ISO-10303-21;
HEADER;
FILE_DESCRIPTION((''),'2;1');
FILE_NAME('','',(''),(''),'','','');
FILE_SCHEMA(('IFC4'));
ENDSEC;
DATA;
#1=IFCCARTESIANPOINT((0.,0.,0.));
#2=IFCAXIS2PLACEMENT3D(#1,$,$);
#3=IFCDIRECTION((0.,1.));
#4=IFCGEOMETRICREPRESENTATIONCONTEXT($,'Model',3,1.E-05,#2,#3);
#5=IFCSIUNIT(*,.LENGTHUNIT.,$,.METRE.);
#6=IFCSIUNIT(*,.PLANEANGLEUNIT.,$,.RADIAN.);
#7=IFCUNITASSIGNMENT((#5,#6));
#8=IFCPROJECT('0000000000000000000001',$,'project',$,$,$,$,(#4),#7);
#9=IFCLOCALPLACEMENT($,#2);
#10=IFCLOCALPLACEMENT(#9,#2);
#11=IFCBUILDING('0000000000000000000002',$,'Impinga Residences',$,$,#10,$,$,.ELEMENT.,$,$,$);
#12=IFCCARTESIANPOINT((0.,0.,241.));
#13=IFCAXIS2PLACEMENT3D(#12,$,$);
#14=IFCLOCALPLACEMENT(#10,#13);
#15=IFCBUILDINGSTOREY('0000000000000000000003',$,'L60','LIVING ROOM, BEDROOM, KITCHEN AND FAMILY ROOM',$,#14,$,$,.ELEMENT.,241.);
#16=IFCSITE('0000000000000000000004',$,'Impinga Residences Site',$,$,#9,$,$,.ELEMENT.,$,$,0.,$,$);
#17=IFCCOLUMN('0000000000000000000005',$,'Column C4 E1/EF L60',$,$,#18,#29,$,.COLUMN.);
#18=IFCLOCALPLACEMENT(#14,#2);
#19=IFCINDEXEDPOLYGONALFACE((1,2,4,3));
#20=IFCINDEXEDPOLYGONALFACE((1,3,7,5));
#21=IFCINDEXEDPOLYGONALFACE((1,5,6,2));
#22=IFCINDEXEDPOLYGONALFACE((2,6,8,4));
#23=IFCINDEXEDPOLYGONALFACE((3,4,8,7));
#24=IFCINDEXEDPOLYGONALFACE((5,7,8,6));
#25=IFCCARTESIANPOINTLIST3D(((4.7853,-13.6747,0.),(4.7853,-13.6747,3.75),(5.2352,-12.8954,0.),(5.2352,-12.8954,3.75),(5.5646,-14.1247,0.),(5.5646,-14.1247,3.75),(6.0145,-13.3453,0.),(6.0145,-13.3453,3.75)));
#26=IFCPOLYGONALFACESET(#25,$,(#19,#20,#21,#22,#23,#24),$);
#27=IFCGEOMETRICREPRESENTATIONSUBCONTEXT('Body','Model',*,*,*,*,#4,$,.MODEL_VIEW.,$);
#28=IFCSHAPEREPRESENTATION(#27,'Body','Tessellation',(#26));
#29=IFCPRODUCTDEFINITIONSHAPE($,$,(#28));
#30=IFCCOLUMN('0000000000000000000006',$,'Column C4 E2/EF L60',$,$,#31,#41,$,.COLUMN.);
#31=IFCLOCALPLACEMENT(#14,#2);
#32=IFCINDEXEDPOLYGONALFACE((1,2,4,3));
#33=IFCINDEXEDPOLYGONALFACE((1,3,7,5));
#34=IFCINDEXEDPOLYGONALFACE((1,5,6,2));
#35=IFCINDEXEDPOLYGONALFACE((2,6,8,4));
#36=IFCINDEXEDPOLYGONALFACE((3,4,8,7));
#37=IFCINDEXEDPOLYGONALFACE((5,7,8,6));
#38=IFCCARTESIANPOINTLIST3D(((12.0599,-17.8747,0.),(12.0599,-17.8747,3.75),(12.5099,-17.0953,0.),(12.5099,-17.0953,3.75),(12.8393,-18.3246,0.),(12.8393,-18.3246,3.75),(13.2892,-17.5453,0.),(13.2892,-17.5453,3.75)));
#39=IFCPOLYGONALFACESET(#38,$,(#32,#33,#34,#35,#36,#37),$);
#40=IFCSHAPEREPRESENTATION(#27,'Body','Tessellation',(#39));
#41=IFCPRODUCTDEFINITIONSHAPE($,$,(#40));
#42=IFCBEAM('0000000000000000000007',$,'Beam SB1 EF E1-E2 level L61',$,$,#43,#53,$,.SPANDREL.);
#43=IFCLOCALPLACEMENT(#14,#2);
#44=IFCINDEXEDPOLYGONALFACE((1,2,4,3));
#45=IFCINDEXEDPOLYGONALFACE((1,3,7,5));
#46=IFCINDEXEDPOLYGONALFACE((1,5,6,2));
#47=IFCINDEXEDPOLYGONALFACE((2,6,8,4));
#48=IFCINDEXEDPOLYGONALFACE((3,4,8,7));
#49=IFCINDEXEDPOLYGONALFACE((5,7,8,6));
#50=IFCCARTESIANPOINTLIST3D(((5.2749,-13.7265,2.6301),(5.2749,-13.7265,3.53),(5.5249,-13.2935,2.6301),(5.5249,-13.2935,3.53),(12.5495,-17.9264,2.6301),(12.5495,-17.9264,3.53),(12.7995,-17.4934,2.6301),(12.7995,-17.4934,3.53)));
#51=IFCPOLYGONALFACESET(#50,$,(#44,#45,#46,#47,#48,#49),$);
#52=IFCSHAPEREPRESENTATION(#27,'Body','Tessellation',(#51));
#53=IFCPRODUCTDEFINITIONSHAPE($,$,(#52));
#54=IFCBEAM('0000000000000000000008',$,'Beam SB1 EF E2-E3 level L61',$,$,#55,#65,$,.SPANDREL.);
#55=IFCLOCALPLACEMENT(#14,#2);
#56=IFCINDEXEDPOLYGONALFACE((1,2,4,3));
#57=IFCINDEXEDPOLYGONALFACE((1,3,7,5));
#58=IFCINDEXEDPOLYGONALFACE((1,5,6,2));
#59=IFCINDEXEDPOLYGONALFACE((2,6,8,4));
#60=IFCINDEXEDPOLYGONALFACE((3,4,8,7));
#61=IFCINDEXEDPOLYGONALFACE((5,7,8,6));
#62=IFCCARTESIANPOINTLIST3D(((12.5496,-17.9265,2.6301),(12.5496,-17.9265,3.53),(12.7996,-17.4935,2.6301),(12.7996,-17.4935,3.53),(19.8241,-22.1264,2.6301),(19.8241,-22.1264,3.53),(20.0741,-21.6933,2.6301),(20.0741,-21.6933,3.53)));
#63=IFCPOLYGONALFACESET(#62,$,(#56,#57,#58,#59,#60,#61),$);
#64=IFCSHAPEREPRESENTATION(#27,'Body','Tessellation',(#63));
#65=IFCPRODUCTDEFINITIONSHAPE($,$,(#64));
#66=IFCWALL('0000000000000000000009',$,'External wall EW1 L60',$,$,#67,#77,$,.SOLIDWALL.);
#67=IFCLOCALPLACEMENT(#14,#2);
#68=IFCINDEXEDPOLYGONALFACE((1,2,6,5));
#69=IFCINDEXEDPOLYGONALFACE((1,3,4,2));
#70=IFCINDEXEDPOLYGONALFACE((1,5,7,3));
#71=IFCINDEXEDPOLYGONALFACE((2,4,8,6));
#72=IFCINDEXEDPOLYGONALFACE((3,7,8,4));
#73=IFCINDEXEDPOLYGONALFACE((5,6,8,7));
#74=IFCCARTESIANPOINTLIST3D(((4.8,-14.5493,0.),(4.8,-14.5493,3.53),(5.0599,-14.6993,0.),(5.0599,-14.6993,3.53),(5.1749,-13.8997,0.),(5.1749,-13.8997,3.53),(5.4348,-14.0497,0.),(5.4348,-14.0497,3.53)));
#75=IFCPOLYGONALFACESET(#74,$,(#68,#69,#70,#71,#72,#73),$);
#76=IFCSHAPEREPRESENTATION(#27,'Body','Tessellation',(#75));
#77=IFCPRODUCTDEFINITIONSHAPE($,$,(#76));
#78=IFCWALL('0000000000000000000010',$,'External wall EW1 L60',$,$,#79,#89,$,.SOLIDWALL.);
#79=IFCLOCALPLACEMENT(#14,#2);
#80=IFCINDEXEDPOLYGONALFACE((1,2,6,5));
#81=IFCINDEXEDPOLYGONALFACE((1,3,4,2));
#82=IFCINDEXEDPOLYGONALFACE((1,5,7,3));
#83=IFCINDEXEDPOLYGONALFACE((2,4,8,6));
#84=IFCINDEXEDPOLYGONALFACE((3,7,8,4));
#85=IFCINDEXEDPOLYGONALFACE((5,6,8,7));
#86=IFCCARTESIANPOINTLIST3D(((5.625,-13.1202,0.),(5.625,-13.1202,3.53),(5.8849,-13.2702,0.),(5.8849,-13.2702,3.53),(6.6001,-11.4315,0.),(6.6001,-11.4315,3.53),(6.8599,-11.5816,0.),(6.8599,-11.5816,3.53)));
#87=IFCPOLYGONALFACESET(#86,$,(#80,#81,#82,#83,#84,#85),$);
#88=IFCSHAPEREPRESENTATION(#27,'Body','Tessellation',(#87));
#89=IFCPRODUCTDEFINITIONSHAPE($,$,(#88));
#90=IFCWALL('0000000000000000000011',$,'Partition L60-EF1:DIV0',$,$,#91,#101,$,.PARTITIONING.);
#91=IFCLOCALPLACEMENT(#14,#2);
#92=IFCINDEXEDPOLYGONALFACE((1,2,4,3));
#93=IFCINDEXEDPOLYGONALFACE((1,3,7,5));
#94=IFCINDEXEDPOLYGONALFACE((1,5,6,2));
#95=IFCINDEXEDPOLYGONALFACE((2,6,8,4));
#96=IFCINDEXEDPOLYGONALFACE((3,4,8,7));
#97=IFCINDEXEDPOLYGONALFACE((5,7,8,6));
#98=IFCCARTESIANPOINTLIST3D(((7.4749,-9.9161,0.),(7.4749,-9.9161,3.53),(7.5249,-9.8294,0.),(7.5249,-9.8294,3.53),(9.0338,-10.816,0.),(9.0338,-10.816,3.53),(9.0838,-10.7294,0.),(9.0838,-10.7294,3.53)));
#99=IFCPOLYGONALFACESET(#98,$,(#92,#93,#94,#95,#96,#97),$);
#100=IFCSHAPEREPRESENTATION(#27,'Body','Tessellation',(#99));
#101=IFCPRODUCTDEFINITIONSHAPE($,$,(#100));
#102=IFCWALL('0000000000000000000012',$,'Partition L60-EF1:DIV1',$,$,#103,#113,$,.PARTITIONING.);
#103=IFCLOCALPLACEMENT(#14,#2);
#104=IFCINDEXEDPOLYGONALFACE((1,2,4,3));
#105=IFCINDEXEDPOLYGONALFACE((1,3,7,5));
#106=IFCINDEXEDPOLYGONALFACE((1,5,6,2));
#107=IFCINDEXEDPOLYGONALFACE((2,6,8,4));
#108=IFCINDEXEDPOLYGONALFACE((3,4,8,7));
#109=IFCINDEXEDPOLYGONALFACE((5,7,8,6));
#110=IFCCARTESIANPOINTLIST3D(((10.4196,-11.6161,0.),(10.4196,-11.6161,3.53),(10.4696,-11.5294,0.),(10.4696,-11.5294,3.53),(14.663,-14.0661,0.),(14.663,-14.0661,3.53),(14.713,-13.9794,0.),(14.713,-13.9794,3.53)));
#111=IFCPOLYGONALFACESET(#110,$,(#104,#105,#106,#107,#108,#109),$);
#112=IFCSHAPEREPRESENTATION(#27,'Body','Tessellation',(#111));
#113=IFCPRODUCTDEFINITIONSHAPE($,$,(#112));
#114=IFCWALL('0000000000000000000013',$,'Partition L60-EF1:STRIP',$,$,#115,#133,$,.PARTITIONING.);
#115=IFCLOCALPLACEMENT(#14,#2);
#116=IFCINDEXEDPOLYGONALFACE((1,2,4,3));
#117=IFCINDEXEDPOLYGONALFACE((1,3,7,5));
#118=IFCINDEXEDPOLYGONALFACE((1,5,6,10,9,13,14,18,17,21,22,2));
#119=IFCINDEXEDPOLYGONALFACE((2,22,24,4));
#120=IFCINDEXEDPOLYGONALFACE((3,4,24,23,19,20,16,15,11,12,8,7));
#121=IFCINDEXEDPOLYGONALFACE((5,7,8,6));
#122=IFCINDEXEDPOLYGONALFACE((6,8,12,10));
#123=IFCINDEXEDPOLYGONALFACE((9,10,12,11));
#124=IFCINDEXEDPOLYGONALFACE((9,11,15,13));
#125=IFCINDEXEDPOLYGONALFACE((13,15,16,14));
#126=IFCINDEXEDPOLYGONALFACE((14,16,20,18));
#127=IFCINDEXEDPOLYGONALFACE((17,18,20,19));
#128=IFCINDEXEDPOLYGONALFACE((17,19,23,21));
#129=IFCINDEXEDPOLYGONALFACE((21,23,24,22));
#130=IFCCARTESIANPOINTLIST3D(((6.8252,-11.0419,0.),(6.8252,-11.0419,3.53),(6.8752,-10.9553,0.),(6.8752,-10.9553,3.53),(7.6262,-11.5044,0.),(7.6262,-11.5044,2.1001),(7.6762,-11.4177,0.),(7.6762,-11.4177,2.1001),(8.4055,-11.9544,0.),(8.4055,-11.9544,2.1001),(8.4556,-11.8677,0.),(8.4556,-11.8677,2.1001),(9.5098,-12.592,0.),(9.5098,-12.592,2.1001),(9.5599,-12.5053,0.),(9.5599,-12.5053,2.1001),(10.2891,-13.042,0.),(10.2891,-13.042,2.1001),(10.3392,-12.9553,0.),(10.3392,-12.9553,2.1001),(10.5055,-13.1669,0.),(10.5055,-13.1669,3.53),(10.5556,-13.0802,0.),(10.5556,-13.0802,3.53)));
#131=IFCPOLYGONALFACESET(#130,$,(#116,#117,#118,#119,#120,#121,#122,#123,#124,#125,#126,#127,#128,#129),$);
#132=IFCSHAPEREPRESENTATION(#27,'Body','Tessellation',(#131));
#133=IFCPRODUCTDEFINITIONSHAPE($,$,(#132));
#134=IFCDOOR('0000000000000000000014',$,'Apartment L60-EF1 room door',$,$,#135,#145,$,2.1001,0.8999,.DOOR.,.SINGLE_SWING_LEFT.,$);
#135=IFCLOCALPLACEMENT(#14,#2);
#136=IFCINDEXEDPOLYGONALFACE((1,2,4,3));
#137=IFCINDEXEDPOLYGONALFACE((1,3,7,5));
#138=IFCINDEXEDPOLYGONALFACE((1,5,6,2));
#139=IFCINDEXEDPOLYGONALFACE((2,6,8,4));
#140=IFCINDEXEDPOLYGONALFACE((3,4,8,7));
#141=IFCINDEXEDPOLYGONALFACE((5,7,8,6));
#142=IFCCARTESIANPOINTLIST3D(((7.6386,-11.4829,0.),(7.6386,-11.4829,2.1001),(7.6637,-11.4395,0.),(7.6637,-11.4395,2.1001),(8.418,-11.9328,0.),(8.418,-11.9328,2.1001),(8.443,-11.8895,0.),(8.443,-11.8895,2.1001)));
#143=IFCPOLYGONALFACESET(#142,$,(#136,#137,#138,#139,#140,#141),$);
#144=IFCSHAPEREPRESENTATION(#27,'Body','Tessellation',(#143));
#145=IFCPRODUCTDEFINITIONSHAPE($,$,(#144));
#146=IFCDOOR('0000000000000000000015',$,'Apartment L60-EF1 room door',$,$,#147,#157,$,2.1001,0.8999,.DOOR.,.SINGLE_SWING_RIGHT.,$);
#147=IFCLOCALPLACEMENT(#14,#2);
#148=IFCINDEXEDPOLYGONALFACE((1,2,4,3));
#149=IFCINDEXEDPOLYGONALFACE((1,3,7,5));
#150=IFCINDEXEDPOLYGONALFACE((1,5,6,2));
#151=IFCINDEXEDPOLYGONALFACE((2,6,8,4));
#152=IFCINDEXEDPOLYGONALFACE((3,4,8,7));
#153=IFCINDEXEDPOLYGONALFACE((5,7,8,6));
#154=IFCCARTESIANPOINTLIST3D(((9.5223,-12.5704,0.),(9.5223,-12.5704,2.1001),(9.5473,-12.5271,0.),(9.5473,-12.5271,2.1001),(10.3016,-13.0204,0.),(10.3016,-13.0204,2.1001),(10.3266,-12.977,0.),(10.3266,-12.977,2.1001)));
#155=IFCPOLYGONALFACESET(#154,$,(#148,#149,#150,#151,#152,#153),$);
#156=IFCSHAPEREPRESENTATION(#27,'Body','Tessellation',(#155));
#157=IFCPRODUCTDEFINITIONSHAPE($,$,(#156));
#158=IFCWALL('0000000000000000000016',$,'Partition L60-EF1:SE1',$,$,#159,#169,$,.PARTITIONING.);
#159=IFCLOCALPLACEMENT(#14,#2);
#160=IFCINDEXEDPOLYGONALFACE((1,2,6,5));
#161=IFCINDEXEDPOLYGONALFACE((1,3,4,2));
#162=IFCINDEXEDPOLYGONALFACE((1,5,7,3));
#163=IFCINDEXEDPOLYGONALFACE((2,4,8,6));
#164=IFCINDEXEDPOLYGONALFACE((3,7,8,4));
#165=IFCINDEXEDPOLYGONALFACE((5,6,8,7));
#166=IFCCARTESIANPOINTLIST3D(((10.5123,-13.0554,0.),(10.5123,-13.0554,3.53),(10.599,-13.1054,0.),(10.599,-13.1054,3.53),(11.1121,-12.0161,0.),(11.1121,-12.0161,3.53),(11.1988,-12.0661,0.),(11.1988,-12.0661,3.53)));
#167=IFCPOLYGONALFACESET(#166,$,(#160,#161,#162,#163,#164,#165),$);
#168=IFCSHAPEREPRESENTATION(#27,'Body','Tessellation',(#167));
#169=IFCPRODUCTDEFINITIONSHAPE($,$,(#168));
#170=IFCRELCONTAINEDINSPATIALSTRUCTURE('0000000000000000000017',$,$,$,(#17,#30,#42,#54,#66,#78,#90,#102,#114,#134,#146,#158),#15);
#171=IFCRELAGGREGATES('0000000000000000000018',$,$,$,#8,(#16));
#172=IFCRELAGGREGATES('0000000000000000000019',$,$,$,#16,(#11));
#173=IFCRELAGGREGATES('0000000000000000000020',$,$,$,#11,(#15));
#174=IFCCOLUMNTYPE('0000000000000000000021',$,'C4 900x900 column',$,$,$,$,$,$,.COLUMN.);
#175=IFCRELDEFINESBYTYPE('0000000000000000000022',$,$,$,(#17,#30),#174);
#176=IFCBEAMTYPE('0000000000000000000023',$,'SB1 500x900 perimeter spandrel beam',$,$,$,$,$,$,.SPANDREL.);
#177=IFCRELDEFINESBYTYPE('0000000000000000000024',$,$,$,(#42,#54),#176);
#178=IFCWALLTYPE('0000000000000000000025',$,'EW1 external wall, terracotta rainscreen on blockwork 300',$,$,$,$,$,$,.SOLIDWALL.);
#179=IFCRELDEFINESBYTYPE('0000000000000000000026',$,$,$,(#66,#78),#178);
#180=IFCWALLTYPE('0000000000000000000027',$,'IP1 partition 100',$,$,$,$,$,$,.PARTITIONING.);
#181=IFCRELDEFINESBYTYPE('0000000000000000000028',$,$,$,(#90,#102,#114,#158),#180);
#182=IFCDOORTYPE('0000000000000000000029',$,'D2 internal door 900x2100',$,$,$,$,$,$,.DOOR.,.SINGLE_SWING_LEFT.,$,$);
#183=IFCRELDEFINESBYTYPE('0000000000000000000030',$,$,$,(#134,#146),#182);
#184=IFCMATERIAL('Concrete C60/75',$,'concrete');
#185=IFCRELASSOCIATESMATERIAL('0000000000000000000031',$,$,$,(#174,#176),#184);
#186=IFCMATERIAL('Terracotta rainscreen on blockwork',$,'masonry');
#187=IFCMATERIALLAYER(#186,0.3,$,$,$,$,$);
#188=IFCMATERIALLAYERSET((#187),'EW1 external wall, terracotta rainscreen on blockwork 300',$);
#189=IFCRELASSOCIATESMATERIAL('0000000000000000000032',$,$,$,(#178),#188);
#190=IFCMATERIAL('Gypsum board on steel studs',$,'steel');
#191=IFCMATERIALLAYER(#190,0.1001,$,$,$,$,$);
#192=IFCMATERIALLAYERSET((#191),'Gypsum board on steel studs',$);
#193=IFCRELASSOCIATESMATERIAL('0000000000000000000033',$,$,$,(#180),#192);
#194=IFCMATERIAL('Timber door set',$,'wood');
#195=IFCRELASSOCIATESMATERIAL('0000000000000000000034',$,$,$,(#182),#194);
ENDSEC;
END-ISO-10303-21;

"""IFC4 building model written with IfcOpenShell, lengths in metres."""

from ifc_helpers import new_model, si_unit, direction, frame, frame_2d, origin, origin_2d, place, context, subcontext, project, spatial, rectangle, extrude, material, layer, layer_set, material_profile, profile_set, type_object, element, fill, save


model = new_model("IFC4")

# Units and contexts
model_context = context("Model", 3, precision=1e-05, world=origin(), true_north=direction((0.0, 1.0)))
body_context = subcontext(model_context, "Body", "Model", "MODEL_VIEW")
ifc_project = project(units=[si_unit("LENGTHUNIT", "METRE"), si_unit("PLANEANGLEUNIT", "RADIAN")], contexts=[model_context])

# Site, building, storey
site_placement = place(None, origin())
site = spatial("IfcSite", under=ifc_project, at=site_placement, Name="Impinga Residences Site", CompositionType="ELEMENT", RefElevation=0.0)
building_placement = place(site_placement, origin())
building = spatial("IfcBuilding", under=site, at=building_placement, Name="Impinga Residences", CompositionType="ELEMENT")
storey_placement = place(building_placement, frame((0.0, 0.0, 241.0)))
storey = spatial("IfcBuildingStorey", under=building, at=storey_placement, Name="L60", Description="LIVING ROOM, BEDROOM, KITCHEN AND FAMILY ROOM", CompositionType="ELEMENT", Elevation=241.0)

# Columns
ifc_material_1 = material(Name="Concrete C60/75", Category="concrete")
ifc_material_profile_1 = material_profile(ifc_material_1, rectangle(XDim=0.8999, YDim=0.8999, at=origin_2d()), Name="RC 900x900")
ifc_profile_set_1 = profile_set([ifc_material_profile_1], Name="Concrete C60/75")
column_type = type_object("IfcColumnType", Name="C4 900x900 column", PredefinedType="COLUMN", material=ifc_profile_set_1)
for number, where, z_axis, x_axis, name in (
    (1, (5.3999, -13.51, 0.0), (0.0, 0.0, 1.0), (-0.5, -0.866025, 0.0), "Column C4 E1/EF L60"),
    (2, (12.6746, -17.71, 0.0), (0.0, 0.0, 1.0), (-0.5, -0.866025, 0.0), "Column C4 E2/EF L60"),
):
    element("IfcColumn", number, at=place(storey_placement, frame(where, z_axis=z_axis, x_axis=x_axis)), inside=storey, type_object=column_type, Name=name, PredefinedType="COLUMN", context=body_context, shape_type="SweptSolid", body=[
        extrude(rectangle(XDim=0.8999, YDim=0.8999, at=origin_2d()), origin(), (0.0, 0.0, 1.0), 3.75),
    ])

# Beams
ifc_material_profile_2 = material_profile(ifc_material_1, rectangle(XDim=0.5, YDim=0.8999, at=origin_2d()), Name="RC 500x900")
ifc_profile_set_2 = profile_set([ifc_material_profile_2], Name="Concrete C60/75")
beam_type = type_object("IfcBeamType", Name="SB1 500x900 perimeter spandrel beam", PredefinedType="SPANDREL", material=ifc_profile_set_2)
for number, where, z_axis, x_axis, name in (
    (3, (5.3999, -13.51, 3.0801), (0.866029, -0.499993, 0.0), (0.499993, 0.866029, 0.0), "Beam SB1 EF E1-E2 level L61"),
    (4, (12.6746, -17.71, 3.0801), (0.866029, -0.499993, 0.0), (0.499993, 0.866029, 0.0), "Beam SB1 EF E2-E3 level L61"),
):
    element("IfcBeam", number, at=place(storey_placement, frame(where, z_axis=z_axis, x_axis=x_axis)), inside=storey, type_object=beam_type, Name=name, PredefinedType="SPANDREL", context=body_context, shape_type="SweptSolid", body=[
        extrude(rectangle(XDim=0.5, YDim=0.8999, at=origin_2d()), origin(), (0.0, 0.0, 1.0), 8.3999),
    ])

# Walls
ifc_material_2 = material(Name="Terracotta rainscreen on blockwork", Category="masonry")
ifc_layer_1 = layer(ifc_material_2, 0.3)
ifc_layer_set_1 = layer_set([ifc_layer_1], Name="EW1 external wall, terracotta rainscreen on blockwork 300")
wall_type_1 = type_object("IfcWallType", Name="EW1 external wall, terracotta rainscreen on blockwork 300", PredefinedType="SOLIDWALL", material=ifc_layer_set_1)
wall_1_placement = place(storey_placement, frame((4.9299, -14.6243, 0.0), z_axis=(0.0, 0.0, 1.0), x_axis=(0.49992, 0.866072, 0.0)))
element("IfcWall", 5, at=wall_1_placement, inside=storey, type_object=wall_type_1, Name="External wall EW1 L60", PredefinedType="SOLIDWALL", context=body_context, shape_type="SweptSolid", body=[
    extrude(rectangle(XDim=0.75, YDim=0.3, at=frame_2d((0.375, 0.0))), origin(), (0.0, 0.0, 1.0), 3.53),
])
wall_2_placement = place(storey_placement, frame((5.7549, -13.1953, 0.0), z_axis=(0.0, 0.0, 1.0), x_axis=(0.500044, 0.866, 0.0)))
element("IfcWall", 6, at=wall_2_placement, inside=storey, type_object=wall_type_1, Name="External wall EW1 L60", PredefinedType="SOLIDWALL", context=body_context, shape_type="SweptSolid", body=[
    extrude(rectangle(XDim=1.95, YDim=0.3, at=frame_2d((0.9751, 0.0))), origin(), (0.0, 0.0, 1.0), 3.53),
])
ifc_material_3 = material(Name="Gypsum board on steel studs", Category="steel")
ifc_layer_2 = layer(ifc_material_3, 0.1001)
ifc_layer_set_2 = layer_set([ifc_layer_2], Name="Gypsum board on steel studs")
wall_type_2 = type_object("IfcWallType", Name="IP1 partition 100", PredefinedType="PARTITIONING", material=ifc_layer_set_2)
wall_3_placement = place(storey_placement, frame((7.5, -9.8728, 0.0), z_axis=(0.0, 0.0, 1.0), x_axis=(0.866048, -0.499961, 0.0)))
element("IfcWall", 7, at=wall_3_placement, inside=storey, type_object=wall_type_2, Name="Partition L60-EF1:DIV0", PredefinedType="PARTITIONING", context=body_context, shape_type="SweptSolid", body=[
    extrude(rectangle(XDim=1.8, YDim=0.1001, at=frame_2d((0.8999, 0.0))), origin(), (0.0, 0.0, 1.0), 3.53),
])
wall_4_placement = place(storey_placement, frame((10.4446, -11.5728, 0.0), z_axis=(0.0, 0.0, 1.0), x_axis=(0.866024, -0.500003, 0.0)))
element("IfcWall", 8, at=wall_4_placement, inside=storey, type_object=wall_type_2, Name="Partition L60-EF1:DIV1", PredefinedType="PARTITIONING", context=body_context, shape_type="SweptSolid", body=[
    extrude(rectangle(XDim=4.8999, YDim=0.1001, at=frame_2d((2.45, 0.0))), origin(), (0.0, 0.0, 1.0), 3.53),
])

# Wall, openings, doors
wall_5_placement = place(storey_placement, frame((6.8501, -10.9985, 0.0), z_axis=(0.0, 0.0, 1.0), x_axis=(0.866014, -0.500019, 0.0)))
wall_5 = element("IfcWall", 9, at=wall_5_placement, inside=storey, type_object=wall_type_2, Name="Partition L60-EF1:STRIP", PredefinedType="PARTITIONING", context=body_context, shape_type="SweptSolid", body=[
    extrude(rectangle(XDim=4.2498, YDim=0.1001, at=frame_2d((2.125, 0.0))), origin(), (0.0, 0.0, 1.0), 3.53),
])
opening_1_placement = place(wall_5_placement, frame((0.925, 0.0, 0.0)))
opening_1 = element("IfcOpeningElement", 10, at=opening_1_placement, cuts=wall_5, PredefinedType="OPENING", context=body_context, shape_type="SweptSolid", body=[
    extrude(rectangle(XDim=0.8999, YDim=2.1001, at=frame_2d((0.45, 1.05))), frame((0.0, 0.0601, 0.0), z_axis=(0.0, -1.0, 0.0), x_axis=(1.0, 0.0, 0.0)), (0.0, 0.0, 1.0), 0.1201),
])
opening_2_placement = place(wall_5_placement, frame((3.1001, 0.0, 0.0)))
opening_2 = element("IfcOpeningElement", 11, at=opening_2_placement, cuts=wall_5, PredefinedType="OPENING", context=body_context, shape_type="SweptSolid", body=[
    extrude(rectangle(XDim=0.8999, YDim=2.1001, at=frame_2d((0.45, 1.05))), frame((0.0, 0.0601, 0.0), z_axis=(0.0, -1.0, 0.0), x_axis=(1.0, 0.0, 0.0)), (0.0, 0.0, 1.0), 0.1201),
])
ifc_material_4 = material(Name="Timber door set", Category="wood")
door_type_1 = type_object("IfcDoorType", Name="D2 internal door 900x2100", OperationType="SINGLE_SWING_LEFT", PredefinedType="DOOR", material=ifc_material_4)
door_1_placement = place(opening_1_placement, origin())
door_1 = element("IfcDoor", 12, at=door_1_placement, inside=storey, type_object=door_type_1, Name="Apartment L60-EF1 room door", OperationType="SINGLE_SWING_LEFT", OverallHeight=2.1001, OverallWidth=0.8999, PredefinedType="DOOR", context=body_context, shape_type="SweptSolid", body=[
    extrude(rectangle(XDim=0.8999, YDim=2.1001, at=frame_2d((0.45, 1.05))), frame((0.0, 0.0249, 0.0), z_axis=(0.0, -1.0, 0.0), x_axis=(1.0, 0.0, 0.0)), (0.0, 0.0, 1.0), 0.05),
])
fill(opening_1, door_1)
door_2_placement = place(opening_2_placement, origin())
door_2 = element("IfcDoor", 13, at=door_2_placement, inside=storey, type_object=door_type_1, Name="Apartment L60-EF1 room door", OperationType="SINGLE_SWING_RIGHT", OverallHeight=2.1001, OverallWidth=0.8999, PredefinedType="DOOR", context=body_context, shape_type="SweptSolid", body=[
    extrude(rectangle(XDim=0.8999, YDim=2.1001, at=frame_2d((0.45, 1.05))), frame((0.0, 0.0249, 0.0), z_axis=(0.0, -1.0, 0.0), x_axis=(1.0, 0.0, 0.0)), (0.0, 0.0, 1.0), 0.05),
])
fill(opening_2, door_2)

# Wall
wall_6_placement = place(storey_placement, frame((11.1555, -12.041, 0.0), z_axis=(0.0, 0.0, 1.0), x_axis=(-0.499881, -0.866094, 0.0)))
element("IfcWall", 14, at=wall_6_placement, inside=storey, type_object=wall_type_2, Name="Partition L60-EF1:SE1", PredefinedType="PARTITIONING", context=body_context, shape_type="SweptSolid", body=[
    extrude(rectangle(XDim=1.2, YDim=0.1001, at=frame_2d((0.6001, 0.0))), origin(), (0.0, 0.0, 1.0), 3.53),
])

save(model, "model.ifc")
